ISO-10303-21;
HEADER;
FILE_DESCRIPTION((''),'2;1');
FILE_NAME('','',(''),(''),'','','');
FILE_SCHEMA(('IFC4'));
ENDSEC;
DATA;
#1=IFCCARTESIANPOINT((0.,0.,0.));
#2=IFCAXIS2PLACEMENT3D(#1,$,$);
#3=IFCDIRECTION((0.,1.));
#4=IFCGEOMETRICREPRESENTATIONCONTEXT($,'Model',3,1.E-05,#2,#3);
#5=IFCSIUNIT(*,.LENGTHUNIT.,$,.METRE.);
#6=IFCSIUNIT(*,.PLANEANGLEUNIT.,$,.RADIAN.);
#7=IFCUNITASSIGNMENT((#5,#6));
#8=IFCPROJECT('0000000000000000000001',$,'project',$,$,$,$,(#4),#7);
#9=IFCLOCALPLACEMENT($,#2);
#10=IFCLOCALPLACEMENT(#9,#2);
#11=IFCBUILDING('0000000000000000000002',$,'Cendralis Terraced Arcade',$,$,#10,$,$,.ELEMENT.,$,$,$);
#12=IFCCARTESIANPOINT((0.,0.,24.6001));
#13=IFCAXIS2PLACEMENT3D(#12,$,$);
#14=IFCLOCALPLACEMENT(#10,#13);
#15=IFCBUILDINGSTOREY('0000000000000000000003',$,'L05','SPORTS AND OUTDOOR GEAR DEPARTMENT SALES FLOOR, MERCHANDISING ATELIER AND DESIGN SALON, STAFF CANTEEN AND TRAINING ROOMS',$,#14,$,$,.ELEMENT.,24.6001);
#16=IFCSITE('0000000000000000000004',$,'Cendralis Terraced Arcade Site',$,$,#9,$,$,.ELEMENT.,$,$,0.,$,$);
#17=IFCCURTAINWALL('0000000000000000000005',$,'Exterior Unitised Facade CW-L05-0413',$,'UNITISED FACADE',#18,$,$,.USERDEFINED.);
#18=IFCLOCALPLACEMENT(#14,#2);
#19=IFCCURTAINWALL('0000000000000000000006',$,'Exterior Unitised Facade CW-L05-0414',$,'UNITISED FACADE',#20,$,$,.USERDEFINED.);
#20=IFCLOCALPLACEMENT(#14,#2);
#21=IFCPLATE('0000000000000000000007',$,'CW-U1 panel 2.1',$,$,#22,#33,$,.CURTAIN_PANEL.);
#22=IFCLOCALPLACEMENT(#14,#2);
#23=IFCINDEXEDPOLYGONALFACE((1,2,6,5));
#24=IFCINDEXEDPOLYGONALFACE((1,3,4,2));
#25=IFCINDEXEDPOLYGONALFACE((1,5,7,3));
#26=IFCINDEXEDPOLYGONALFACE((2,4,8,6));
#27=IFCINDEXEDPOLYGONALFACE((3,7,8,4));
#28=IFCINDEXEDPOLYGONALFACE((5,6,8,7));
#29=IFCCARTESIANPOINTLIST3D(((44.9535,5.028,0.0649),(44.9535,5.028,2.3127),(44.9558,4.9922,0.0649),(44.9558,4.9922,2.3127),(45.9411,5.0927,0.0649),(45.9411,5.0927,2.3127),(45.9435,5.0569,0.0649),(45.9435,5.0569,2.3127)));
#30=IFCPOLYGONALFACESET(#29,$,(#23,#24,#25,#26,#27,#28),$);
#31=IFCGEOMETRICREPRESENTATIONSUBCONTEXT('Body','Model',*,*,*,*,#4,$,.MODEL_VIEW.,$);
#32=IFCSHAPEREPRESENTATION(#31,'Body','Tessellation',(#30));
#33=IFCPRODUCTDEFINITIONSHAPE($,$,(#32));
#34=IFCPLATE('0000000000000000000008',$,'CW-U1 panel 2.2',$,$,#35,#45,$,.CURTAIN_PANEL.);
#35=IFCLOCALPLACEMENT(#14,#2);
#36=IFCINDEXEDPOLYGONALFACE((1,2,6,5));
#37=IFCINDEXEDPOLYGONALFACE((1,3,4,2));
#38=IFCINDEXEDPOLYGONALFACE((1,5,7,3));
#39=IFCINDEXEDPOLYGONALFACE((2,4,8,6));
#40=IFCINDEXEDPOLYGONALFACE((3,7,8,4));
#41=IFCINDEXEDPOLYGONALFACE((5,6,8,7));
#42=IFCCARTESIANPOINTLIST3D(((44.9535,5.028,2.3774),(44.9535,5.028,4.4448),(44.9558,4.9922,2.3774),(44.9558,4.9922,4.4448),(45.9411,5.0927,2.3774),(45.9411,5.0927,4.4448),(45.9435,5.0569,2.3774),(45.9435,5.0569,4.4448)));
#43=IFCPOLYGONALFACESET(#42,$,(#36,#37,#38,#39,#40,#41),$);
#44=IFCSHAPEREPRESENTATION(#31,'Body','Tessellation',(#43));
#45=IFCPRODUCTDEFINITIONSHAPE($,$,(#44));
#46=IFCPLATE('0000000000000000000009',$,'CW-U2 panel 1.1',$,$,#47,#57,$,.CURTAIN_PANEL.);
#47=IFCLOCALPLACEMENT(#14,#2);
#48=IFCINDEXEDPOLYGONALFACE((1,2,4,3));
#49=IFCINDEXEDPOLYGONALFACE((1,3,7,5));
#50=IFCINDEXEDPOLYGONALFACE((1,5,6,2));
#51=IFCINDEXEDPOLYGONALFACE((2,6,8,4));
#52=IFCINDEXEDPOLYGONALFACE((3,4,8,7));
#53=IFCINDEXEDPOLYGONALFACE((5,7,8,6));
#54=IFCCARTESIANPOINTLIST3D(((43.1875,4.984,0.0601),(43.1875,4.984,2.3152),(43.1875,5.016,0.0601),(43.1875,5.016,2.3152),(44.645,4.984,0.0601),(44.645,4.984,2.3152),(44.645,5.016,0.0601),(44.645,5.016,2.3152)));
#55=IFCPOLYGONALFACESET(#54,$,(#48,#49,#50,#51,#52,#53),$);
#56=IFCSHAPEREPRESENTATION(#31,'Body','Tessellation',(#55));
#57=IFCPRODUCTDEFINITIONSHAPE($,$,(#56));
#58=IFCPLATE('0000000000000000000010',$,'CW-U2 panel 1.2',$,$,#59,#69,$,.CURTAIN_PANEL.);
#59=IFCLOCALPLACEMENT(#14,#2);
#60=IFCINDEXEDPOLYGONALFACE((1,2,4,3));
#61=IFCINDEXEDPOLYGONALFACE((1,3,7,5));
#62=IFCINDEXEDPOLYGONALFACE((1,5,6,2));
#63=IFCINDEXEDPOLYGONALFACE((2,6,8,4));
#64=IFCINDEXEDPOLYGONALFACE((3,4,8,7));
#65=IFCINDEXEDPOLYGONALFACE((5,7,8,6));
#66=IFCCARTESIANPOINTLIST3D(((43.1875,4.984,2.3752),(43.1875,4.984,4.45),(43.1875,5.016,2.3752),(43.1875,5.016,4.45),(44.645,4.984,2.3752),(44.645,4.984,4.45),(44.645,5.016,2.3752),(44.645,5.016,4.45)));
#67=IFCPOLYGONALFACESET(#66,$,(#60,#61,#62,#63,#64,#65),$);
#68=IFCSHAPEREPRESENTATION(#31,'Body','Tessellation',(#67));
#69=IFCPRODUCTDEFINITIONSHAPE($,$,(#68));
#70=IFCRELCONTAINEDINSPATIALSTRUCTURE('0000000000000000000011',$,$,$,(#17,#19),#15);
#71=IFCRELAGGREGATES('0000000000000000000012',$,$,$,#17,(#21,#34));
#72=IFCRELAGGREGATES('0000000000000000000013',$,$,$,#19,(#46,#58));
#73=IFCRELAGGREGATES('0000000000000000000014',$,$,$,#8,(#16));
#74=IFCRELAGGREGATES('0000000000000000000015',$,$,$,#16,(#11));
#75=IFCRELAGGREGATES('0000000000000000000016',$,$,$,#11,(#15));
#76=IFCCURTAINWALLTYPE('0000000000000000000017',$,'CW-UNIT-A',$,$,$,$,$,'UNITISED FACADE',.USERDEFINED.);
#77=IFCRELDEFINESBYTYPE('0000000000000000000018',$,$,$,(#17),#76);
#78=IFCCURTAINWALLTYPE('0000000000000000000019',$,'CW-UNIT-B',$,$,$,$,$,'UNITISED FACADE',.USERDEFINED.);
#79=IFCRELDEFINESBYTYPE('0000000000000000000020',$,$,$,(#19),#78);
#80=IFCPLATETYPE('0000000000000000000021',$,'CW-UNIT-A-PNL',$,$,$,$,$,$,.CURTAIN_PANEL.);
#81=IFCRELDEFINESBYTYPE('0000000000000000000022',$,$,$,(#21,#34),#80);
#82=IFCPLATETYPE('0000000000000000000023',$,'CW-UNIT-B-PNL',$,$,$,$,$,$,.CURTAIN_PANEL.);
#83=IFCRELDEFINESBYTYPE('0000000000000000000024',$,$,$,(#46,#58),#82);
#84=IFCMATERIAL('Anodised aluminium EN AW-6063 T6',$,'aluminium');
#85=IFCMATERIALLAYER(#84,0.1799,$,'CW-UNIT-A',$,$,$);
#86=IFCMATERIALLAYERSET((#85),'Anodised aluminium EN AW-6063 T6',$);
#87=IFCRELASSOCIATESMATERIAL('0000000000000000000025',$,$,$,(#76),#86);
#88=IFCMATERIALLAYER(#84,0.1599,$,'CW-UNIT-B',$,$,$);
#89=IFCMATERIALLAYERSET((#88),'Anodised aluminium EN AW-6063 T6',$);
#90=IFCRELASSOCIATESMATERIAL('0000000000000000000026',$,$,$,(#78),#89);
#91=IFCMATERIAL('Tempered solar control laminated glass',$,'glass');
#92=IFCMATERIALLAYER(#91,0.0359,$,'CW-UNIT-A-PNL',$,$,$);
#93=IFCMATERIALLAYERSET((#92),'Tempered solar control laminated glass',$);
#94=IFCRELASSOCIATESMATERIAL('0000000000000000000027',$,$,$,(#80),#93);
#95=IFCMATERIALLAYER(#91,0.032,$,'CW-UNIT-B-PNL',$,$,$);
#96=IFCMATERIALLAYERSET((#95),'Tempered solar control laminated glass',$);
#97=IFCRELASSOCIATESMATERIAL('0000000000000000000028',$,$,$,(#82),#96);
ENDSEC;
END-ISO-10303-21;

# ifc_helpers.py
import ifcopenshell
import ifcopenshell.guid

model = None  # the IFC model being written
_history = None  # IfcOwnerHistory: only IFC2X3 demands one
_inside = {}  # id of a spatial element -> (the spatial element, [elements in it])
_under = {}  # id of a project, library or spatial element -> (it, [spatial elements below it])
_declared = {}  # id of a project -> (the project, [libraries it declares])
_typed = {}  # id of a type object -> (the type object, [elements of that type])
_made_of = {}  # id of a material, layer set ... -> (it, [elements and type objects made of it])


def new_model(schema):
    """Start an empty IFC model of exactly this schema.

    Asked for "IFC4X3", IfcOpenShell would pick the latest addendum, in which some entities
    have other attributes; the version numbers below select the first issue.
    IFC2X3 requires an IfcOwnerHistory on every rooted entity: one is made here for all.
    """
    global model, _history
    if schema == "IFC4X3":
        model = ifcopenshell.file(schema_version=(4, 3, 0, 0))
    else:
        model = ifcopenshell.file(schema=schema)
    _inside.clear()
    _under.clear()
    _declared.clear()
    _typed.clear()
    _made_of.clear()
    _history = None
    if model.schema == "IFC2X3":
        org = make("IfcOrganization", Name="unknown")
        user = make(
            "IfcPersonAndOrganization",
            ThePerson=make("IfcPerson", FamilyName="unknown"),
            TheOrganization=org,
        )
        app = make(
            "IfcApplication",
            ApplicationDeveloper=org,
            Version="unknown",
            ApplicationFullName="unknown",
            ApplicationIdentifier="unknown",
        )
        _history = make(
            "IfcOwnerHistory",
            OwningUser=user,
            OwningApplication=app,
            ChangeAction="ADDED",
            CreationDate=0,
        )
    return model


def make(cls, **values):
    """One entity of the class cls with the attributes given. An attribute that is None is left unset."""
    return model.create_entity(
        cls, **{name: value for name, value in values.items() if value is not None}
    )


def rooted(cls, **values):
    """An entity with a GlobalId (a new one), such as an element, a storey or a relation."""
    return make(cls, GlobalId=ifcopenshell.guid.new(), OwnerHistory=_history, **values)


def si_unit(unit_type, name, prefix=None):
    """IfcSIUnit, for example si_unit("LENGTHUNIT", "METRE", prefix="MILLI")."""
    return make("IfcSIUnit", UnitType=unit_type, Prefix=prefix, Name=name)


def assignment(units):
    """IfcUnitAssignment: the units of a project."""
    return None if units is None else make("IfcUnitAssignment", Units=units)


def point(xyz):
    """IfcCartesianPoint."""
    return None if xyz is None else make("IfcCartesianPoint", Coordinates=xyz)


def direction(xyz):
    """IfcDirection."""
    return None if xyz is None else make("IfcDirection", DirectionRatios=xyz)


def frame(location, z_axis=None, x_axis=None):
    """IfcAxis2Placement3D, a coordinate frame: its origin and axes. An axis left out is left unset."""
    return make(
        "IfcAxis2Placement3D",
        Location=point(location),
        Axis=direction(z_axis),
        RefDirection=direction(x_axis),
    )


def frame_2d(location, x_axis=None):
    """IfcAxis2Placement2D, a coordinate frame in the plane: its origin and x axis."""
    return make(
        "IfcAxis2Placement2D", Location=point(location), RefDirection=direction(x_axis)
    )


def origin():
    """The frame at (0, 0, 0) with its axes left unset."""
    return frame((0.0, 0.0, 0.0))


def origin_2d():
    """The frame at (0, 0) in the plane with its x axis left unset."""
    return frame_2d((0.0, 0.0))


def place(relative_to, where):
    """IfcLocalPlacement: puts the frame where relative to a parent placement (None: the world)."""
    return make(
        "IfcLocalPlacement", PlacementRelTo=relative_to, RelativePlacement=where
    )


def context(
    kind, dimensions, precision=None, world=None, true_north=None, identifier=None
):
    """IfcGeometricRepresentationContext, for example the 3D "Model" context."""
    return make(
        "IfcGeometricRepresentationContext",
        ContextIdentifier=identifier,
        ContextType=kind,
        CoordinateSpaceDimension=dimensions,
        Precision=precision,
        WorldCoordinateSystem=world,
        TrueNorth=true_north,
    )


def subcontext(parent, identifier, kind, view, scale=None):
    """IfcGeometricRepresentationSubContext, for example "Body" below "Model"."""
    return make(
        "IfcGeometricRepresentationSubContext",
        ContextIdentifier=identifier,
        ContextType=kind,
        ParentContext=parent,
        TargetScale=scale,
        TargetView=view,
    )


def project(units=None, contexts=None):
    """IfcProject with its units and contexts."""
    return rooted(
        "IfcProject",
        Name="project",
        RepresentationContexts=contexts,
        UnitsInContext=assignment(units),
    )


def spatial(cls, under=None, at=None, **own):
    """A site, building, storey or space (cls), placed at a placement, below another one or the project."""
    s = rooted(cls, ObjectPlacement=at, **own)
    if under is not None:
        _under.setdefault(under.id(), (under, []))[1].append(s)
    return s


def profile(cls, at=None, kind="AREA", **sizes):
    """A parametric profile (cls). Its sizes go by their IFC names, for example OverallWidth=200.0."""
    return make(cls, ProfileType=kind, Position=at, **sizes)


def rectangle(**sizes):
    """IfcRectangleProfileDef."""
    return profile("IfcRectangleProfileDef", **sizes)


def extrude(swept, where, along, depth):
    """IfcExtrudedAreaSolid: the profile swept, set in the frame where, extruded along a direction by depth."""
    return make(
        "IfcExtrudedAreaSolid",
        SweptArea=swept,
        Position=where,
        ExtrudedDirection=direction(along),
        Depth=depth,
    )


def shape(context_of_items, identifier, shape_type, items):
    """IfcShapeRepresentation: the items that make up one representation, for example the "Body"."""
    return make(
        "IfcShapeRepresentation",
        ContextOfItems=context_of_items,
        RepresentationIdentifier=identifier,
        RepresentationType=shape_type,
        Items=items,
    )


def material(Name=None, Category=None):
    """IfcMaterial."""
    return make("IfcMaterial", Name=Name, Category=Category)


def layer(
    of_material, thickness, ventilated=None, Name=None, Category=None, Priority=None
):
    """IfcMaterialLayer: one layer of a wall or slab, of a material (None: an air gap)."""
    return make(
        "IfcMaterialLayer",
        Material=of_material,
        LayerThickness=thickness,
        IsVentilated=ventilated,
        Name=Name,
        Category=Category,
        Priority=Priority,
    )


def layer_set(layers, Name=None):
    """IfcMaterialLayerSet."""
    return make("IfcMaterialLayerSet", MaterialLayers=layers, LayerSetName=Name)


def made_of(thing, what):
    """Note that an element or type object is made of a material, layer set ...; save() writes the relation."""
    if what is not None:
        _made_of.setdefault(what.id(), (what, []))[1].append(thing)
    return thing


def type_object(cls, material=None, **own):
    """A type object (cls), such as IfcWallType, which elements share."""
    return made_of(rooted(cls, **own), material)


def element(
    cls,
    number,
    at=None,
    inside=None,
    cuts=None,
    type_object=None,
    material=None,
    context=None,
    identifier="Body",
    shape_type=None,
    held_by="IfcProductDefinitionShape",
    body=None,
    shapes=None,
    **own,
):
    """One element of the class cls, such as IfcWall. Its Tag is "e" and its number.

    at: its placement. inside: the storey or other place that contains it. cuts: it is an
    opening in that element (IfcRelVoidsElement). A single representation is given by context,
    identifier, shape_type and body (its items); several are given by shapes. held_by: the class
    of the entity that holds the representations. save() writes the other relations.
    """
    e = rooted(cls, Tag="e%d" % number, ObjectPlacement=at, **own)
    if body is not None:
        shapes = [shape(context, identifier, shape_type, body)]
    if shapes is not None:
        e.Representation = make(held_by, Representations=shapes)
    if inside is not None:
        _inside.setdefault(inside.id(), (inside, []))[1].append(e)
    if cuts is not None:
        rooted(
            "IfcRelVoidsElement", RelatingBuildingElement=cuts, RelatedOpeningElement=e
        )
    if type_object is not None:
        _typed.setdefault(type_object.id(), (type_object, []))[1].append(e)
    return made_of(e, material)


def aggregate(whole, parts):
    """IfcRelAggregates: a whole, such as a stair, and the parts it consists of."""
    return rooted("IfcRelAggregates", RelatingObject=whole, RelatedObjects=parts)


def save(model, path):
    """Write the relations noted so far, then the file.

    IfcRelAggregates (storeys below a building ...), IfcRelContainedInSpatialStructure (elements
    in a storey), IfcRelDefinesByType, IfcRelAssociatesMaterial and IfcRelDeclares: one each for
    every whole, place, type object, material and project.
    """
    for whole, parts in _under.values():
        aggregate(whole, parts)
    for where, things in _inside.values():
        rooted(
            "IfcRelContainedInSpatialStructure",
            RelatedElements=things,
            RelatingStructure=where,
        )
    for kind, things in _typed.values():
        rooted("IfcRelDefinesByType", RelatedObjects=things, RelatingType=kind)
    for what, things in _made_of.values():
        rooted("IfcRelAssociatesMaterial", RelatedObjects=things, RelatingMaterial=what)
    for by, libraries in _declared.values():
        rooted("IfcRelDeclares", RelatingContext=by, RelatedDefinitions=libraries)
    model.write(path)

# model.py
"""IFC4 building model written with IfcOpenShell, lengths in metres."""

from ifc_helpers import new_model, si_unit, direction, frame, origin, origin_2d, place, context, subcontext, project, spatial, rectangle, extrude, material, layer, layer_set, type_object, element, aggregate, save


model = new_model("IFC4")

# Units and contexts
model_context = context("Model", 3, precision=1e-05, world=origin(), true_north=direction((0.0, 1.0)))
body_context = subcontext(model_context, "Body", "Model", "MODEL_VIEW")
ifc_project = project(units=[si_unit("LENGTHUNIT", "METRE"), si_unit("PLANEANGLEUNIT", "RADIAN")], contexts=[model_context])

# Site, building, storey
site_placement = place(None, origin())
site = spatial("IfcSite", under=ifc_project, at=site_placement, Name="Cendralis Terraced Arcade Site", CompositionType="ELEMENT", RefElevation=0.0)
building_placement = place(site_placement, origin())
building = spatial("IfcBuilding", under=site, at=building_placement, Name="Cendralis Terraced Arcade", CompositionType="ELEMENT")
storey_placement = place(building_placement, frame((0.0, 0.0, 24.6001)))
storey = spatial("IfcBuildingStorey", under=building, at=storey_placement, Name="L05", Description="SPORTS AND OUTDOOR GEAR DEPARTMENT SALES FLOOR, MERCHANDISING ATELIER AND DESIGN SALON, STAFF CANTEEN AND TRAINING ROOMS", CompositionType="ELEMENT", Elevation=24.6001)

# Curtain wall
ifc_material_1 = material(Name="Anodised aluminium EN AW-6063 T6", Category="aluminium")
ifc_layer_1 = layer(ifc_material_1, 0.1799, Name="CW-UNIT-A")
ifc_layer_set_1 = layer_set([ifc_layer_1], Name="Anodised aluminium EN AW-6063 T6")
curtain_wall_type_1 = type_object("IfcCurtainWallType", Name="CW-UNIT-A", ElementType="UNITISED FACADE", PredefinedType="USERDEFINED", material=ifc_layer_set_1)
curtain_wall_1_placement = place(storey_placement, origin())
curtain_wall_1 = element("IfcCurtainWall", 1, at=curtain_wall_1_placement, inside=storey, type_object=curtain_wall_type_1, Name="Exterior Unitised Facade CW-L05-0413", ObjectType="UNITISED FACADE", PredefinedType="USERDEFINED")

# Curtain wall
ifc_layer_2 = layer(ifc_material_1, 0.1599, Name="CW-UNIT-B")
ifc_layer_set_2 = layer_set([ifc_layer_2], Name="Anodised aluminium EN AW-6063 T6")
curtain_wall_type_2 = type_object("IfcCurtainWallType", Name="CW-UNIT-B", ElementType="UNITISED FACADE", PredefinedType="USERDEFINED", material=ifc_layer_set_2)
curtain_wall_2_placement = place(storey_placement, origin())
curtain_wall_2 = element("IfcCurtainWall", 2, at=curtain_wall_2_placement, inside=storey, type_object=curtain_wall_type_2, Name="Exterior Unitised Facade CW-L05-0414", ObjectType="UNITISED FACADE", PredefinedType="USERDEFINED")

# Plates
ifc_material_2 = material(Name="Tempered solar control laminated glass", Category="glass")
ifc_layer_3 = layer(ifc_material_2, 0.0359, Name="CW-UNIT-A-PNL")
ifc_layer_set_3 = layer_set([ifc_layer_3], Name="Tempered solar control laminated glass")
plate_type_1 = type_object("IfcPlateType", Name="CW-UNIT-A-PNL", PredefinedType="CURTAIN_PANEL", material=ifc_layer_set_3)
plate_1_placement = place(storey_placement, frame((45.4485, 5.0425, 0.0649), z_axis=(0.0, 0.0, 1.0), x_axis=(-0.99786, -0.065393, 0.0)))
plate_1 = element("IfcPlate", 3, at=plate_1_placement, type_object=plate_type_1, Name="CW-U1 panel 2.1", PredefinedType="CURTAIN_PANEL", context=body_context, shape_type="SweptSolid", body=[
    extrude(rectangle(XDim=0.9897, YDim=0.0359, at=origin_2d()), origin(), (0.0, 0.0, 1.0), 2.2478),
])
plate_2_placement = place(storey_placement, frame((45.4485, 5.0425, 2.3774), z_axis=(0.0, 0.0, 1.0), x_axis=(-0.99786, -0.065393, 0.0)))
plate_2 = element("IfcPlate", 4, at=plate_2_placement, type_object=plate_type_1, Name="CW-U1 panel 2.2", PredefinedType="CURTAIN_PANEL", context=body_context, shape_type="SweptSolid", body=[
    extrude(rectangle(XDim=0.9897, YDim=0.0359, at=origin_2d()), origin(), (0.0, 0.0, 1.0), 2.0674),
])
aggregate(curtain_wall_1, [plate_1, plate_2])
ifc_layer_4 = layer(ifc_material_2, 0.032, Name="CW-UNIT-B-PNL")
ifc_layer_set_4 = layer_set([ifc_layer_4], Name="Tempered solar control laminated glass")
plate_type_2 = type_object("IfcPlateType", Name="CW-UNIT-B-PNL", PredefinedType="CURTAIN_PANEL", material=ifc_layer_set_4)
plate_3_placement = place(storey_placement, frame((43.9163, 5.0, 0.0601), z_axis=(0.0, 0.0, 1.0), x_axis=(-1.0, 0.0, 0.0)))
plate_3 = element("IfcPlate", 5, at=plate_3_placement, type_object=plate_type_2, Name="CW-U2 panel 1.1", PredefinedType="CURTAIN_PANEL", context=body_context, shape_type="SweptSolid", body=[
    extrude(rectangle(XDim=1.4575, YDim=0.032, at=origin_2d()), origin(), (0.0, 0.0, 1.0), 2.2551),
])
plate_4_placement = place(storey_placement, frame((43.9163, 5.0, 2.3752), z_axis=(0.0, 0.0, 1.0), x_axis=(-1.0, 0.0, 0.0)))
plate_4 = element("IfcPlate", 6, at=plate_4_placement, type_object=plate_type_2, Name="CW-U2 panel 1.2", PredefinedType="CURTAIN_PANEL", context=body_context, shape_type="SweptSolid", body=[
    extrude(rectangle(XDim=1.4575, YDim=0.032, at=origin_2d()), origin(), (0.0, 0.0, 1.0), 2.0747),
])
aggregate(curtain_wall_2, [plate_3, plate_4])

save(model, "model.ifc")
